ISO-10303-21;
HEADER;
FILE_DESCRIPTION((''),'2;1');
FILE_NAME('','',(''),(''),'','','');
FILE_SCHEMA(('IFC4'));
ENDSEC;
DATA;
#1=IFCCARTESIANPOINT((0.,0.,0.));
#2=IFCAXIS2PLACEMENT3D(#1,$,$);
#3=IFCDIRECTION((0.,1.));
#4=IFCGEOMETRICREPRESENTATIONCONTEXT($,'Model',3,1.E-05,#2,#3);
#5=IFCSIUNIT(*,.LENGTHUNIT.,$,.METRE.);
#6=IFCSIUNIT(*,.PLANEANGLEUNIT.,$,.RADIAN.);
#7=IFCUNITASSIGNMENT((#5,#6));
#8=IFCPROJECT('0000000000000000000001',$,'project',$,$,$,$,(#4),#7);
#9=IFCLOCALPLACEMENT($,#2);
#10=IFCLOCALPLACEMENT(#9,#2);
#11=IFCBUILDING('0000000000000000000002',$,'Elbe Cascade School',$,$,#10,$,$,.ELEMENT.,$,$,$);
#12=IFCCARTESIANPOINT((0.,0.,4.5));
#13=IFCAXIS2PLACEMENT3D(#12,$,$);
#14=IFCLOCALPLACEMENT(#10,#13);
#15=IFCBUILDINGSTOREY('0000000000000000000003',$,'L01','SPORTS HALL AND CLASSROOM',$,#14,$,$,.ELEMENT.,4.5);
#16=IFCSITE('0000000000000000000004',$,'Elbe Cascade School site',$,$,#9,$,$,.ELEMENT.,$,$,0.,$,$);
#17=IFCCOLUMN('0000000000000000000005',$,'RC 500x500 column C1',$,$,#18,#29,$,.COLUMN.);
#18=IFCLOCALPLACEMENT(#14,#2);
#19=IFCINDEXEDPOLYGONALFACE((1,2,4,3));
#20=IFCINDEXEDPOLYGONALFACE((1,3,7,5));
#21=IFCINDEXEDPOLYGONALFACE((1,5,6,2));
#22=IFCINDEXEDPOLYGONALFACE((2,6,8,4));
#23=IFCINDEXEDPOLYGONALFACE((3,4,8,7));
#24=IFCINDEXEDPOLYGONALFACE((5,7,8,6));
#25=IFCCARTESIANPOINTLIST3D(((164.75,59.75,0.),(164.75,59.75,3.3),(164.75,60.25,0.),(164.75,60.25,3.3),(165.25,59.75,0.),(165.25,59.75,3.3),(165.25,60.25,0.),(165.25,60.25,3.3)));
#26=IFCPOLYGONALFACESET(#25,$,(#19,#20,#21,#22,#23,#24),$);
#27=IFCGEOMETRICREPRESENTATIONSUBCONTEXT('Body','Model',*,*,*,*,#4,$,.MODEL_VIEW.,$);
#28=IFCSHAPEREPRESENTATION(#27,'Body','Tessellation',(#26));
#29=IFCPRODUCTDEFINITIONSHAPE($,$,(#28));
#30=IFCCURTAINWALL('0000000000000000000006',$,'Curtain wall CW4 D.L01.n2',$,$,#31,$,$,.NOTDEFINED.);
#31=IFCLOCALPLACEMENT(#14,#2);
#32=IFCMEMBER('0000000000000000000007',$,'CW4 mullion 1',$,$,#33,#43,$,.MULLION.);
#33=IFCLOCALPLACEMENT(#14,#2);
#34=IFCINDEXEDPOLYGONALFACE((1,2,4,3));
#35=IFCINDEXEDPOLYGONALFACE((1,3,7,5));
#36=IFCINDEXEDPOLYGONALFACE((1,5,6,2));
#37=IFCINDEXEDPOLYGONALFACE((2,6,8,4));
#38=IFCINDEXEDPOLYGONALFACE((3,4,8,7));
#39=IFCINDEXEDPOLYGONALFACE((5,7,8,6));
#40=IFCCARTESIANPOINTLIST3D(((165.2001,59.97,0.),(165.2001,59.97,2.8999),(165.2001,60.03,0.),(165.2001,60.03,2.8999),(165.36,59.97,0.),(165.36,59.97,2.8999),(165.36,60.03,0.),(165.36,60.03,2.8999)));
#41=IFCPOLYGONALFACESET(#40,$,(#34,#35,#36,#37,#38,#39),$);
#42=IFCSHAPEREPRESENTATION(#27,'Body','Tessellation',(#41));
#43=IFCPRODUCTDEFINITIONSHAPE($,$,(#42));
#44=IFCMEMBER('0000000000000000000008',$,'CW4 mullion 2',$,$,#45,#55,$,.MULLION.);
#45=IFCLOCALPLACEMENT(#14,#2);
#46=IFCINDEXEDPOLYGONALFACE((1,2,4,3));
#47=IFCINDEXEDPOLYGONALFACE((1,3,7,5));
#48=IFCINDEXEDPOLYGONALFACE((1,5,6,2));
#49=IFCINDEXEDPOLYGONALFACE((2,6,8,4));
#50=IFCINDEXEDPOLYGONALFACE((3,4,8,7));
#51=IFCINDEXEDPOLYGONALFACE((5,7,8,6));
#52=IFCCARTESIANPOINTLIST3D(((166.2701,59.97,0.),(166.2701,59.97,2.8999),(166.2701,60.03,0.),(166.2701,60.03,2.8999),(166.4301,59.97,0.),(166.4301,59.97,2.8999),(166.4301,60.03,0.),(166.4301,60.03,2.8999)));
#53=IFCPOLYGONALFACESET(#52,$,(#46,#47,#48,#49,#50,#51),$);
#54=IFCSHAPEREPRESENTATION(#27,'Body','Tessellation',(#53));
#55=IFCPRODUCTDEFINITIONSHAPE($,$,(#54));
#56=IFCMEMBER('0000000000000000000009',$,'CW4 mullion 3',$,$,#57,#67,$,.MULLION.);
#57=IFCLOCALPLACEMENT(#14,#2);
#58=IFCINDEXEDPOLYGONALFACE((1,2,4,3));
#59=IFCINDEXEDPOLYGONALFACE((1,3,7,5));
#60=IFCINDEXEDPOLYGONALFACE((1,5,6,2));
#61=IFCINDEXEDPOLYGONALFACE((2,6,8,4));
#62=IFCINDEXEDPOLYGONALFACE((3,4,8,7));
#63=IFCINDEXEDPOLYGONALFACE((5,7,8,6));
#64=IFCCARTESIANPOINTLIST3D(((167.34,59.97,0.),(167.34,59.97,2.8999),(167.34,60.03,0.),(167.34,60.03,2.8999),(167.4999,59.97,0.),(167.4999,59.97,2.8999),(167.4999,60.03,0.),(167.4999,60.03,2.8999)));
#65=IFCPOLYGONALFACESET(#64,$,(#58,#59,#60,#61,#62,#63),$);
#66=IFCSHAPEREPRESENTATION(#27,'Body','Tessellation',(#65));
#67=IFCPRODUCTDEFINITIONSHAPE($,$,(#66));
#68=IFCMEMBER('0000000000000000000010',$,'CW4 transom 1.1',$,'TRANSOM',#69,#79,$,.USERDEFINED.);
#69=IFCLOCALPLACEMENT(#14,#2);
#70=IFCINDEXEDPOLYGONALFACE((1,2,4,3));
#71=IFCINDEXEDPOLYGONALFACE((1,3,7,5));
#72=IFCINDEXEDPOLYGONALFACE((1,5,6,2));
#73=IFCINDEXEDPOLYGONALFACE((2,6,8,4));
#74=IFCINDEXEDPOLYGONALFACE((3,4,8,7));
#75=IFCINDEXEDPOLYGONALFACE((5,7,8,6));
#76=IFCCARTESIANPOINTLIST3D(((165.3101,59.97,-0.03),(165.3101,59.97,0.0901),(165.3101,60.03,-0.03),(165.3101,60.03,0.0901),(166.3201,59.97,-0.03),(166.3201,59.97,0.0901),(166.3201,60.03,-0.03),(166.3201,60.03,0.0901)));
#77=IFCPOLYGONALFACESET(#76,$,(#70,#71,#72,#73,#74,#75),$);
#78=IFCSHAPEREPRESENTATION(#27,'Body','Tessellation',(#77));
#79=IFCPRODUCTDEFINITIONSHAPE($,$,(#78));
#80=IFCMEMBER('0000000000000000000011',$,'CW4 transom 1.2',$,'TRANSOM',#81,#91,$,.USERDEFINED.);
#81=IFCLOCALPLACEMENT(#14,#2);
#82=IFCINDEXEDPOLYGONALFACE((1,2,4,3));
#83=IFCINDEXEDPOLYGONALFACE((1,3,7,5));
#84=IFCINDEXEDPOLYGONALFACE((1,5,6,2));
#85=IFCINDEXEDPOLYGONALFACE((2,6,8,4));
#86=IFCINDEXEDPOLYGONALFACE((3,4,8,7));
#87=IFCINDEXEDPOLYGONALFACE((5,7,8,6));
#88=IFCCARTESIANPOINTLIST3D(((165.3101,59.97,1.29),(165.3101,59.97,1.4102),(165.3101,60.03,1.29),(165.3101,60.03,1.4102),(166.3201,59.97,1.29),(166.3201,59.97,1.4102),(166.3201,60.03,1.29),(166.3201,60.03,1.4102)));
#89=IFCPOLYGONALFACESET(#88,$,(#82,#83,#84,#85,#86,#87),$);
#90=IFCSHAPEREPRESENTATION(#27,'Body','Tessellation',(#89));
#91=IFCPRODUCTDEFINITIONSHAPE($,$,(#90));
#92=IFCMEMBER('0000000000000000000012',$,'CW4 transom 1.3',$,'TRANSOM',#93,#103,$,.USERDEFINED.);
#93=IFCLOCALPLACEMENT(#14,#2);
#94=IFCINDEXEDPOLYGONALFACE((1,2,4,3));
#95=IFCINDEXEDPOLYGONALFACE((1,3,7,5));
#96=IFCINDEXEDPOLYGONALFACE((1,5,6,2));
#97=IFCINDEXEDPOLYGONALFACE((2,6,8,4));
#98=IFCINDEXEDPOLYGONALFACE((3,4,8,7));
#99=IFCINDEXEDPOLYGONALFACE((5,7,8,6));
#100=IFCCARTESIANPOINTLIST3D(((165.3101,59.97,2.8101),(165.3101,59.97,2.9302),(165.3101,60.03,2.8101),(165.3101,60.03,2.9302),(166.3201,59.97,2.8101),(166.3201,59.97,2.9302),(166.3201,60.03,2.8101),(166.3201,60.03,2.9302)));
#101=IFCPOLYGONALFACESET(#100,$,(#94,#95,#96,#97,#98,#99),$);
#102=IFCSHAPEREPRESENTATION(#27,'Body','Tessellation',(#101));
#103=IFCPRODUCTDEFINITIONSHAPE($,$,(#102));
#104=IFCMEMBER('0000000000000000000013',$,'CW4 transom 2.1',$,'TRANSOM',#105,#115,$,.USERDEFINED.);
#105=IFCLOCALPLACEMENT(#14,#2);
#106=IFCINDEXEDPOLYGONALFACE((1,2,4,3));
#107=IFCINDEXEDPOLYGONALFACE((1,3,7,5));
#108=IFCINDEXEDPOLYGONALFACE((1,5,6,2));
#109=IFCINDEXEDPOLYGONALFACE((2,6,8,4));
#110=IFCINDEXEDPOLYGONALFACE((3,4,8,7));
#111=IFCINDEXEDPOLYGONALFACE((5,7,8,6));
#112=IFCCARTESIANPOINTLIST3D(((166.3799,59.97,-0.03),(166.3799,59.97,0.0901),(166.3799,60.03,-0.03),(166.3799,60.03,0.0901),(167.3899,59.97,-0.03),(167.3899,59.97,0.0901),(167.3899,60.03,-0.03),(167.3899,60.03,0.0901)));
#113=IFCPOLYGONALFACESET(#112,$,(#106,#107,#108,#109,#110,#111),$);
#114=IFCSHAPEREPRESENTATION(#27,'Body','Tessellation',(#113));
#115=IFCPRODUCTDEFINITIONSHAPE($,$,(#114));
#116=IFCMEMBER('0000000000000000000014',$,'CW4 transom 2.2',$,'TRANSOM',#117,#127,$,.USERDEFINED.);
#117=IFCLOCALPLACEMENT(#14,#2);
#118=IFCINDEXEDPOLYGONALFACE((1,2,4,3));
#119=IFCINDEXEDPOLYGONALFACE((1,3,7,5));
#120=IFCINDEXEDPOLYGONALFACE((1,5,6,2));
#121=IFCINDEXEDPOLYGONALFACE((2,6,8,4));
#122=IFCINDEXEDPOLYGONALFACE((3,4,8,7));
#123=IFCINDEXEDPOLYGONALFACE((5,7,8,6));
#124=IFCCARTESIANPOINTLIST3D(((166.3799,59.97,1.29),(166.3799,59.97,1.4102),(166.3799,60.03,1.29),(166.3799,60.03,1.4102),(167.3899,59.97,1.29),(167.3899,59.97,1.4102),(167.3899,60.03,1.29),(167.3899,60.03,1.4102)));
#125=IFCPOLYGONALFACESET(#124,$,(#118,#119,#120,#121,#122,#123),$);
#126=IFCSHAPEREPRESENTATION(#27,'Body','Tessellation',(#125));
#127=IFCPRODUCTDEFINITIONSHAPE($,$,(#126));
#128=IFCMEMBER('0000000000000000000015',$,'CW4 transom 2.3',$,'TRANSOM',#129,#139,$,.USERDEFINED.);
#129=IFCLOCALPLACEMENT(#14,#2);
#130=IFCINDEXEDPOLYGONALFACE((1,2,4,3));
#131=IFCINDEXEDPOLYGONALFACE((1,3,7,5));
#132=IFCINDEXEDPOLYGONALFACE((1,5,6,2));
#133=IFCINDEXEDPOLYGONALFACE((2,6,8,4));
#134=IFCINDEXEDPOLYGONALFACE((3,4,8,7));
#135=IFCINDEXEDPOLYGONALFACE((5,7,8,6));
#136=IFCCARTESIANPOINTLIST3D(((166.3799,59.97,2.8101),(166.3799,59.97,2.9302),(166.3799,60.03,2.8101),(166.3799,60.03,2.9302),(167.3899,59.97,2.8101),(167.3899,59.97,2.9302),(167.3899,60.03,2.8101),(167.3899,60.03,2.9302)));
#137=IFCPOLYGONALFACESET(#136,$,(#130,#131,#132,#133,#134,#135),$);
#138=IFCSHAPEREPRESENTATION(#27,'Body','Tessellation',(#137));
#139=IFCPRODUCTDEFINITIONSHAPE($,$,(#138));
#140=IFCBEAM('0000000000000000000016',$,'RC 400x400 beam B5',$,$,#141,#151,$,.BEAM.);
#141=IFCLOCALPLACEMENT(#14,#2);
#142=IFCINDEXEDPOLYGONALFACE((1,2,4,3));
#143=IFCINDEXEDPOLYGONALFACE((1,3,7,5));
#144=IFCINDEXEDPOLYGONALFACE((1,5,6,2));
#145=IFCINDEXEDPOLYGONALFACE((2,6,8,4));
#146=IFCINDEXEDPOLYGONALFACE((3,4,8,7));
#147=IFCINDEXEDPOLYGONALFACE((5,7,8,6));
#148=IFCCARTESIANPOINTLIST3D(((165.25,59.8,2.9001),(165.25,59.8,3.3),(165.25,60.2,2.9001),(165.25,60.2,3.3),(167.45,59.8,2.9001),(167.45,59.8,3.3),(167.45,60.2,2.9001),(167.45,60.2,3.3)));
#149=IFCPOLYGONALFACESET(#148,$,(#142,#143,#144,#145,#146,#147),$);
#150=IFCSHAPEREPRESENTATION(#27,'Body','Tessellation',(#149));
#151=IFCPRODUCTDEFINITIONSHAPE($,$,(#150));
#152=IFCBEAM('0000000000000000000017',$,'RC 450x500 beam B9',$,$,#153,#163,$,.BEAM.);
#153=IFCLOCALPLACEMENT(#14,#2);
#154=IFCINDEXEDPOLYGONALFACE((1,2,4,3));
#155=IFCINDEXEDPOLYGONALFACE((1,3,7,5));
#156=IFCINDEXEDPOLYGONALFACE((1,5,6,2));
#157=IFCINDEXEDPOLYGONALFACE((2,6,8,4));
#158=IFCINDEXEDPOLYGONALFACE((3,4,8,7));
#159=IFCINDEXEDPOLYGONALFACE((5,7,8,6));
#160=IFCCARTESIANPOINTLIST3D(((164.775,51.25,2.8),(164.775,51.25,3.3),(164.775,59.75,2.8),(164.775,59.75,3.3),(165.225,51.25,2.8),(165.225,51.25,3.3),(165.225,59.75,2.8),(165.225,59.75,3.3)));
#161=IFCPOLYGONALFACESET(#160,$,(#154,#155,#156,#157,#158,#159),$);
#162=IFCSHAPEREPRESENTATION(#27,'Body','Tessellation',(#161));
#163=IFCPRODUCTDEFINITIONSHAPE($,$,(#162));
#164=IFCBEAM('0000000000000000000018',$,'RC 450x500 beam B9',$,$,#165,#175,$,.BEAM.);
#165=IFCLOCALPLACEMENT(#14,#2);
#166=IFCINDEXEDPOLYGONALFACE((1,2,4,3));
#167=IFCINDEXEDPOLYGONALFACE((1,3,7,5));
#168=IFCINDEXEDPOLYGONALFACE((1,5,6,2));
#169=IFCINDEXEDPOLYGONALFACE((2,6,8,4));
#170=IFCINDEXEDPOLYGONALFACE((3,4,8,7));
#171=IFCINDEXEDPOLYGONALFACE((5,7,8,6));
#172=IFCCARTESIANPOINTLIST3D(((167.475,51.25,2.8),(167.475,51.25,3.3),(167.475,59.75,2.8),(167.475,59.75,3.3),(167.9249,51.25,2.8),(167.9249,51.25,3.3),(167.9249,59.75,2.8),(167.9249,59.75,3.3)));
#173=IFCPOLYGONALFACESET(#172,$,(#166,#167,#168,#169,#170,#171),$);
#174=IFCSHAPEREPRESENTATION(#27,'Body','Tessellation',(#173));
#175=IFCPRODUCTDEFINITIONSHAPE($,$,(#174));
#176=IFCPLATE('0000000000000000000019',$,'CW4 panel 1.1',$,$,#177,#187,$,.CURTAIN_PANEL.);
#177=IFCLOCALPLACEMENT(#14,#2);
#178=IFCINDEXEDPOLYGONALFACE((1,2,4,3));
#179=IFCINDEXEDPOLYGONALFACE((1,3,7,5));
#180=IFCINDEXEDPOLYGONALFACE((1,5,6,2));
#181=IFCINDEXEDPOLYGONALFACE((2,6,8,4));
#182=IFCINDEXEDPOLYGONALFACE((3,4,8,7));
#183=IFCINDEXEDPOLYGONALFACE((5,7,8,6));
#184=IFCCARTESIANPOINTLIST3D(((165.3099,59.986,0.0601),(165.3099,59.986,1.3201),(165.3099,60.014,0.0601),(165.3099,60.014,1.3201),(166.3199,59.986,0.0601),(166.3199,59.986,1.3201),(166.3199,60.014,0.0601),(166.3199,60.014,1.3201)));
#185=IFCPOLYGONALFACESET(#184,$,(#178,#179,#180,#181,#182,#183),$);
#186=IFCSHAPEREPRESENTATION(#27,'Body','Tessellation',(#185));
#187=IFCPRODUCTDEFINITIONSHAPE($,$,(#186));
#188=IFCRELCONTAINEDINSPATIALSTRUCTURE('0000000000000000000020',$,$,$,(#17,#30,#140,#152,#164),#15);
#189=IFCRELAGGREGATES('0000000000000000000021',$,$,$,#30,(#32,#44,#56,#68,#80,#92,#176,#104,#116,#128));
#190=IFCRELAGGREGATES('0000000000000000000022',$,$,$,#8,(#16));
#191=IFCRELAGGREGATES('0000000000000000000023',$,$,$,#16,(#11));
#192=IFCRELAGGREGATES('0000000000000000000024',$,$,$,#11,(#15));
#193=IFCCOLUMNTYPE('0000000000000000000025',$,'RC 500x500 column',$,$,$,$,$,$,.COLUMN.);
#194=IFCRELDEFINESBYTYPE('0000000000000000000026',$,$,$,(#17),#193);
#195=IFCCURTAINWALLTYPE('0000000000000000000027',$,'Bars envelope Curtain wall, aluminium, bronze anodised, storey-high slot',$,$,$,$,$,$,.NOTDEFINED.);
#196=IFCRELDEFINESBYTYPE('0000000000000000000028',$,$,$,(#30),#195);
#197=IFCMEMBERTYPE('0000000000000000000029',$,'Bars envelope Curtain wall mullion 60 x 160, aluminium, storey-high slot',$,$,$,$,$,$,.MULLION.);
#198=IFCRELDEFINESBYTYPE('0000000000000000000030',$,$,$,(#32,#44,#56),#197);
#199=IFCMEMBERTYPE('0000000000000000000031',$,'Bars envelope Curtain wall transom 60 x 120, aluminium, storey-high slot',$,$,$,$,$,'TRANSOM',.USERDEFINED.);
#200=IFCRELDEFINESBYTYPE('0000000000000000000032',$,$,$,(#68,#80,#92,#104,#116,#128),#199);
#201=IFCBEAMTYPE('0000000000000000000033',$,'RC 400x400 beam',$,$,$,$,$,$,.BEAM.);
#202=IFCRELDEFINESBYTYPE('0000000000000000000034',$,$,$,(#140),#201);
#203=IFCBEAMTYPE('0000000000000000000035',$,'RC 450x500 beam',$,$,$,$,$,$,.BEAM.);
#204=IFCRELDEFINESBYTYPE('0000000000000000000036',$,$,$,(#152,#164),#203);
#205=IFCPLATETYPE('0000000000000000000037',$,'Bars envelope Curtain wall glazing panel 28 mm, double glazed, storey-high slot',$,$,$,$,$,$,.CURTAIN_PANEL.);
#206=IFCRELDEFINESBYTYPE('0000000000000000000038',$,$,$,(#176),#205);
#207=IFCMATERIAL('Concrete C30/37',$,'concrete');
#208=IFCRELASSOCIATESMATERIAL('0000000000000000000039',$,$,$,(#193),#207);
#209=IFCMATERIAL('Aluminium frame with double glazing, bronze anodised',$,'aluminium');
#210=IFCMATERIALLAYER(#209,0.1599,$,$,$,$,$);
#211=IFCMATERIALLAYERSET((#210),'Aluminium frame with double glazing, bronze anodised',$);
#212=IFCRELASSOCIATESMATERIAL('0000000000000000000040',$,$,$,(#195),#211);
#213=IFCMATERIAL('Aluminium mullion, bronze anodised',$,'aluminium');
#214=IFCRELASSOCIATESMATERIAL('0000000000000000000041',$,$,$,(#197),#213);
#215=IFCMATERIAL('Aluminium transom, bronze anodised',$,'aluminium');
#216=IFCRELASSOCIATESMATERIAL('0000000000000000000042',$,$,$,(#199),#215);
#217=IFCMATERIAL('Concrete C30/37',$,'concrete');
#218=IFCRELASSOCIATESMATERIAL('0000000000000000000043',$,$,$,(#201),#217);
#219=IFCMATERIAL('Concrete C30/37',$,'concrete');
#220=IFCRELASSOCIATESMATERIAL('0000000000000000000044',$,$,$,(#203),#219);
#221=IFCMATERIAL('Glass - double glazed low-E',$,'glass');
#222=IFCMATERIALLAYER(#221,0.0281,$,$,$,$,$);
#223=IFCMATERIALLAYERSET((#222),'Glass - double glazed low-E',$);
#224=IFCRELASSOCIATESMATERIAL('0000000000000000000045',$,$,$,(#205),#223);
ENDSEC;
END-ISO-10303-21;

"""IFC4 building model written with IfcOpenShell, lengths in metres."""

from ifc_helpers import new_model, si_unit, direction, frame, origin, origin_2d, place, context, subcontext, project, spatial, rectangle, extrude, material, layer, layer_set, material_profile, profile_set, type_object, element, aggregate, save


model = new_model("IFC4")

# Units and contexts
model_context = context("Model", 3, precision=1e-05, world=origin(), true_north=direction((0.0, 1.0)))
body_context = subcontext(model_context, "Body", "Model", "MODEL_VIEW")
ifc_project = project(units=[si_unit("LENGTHUNIT", "METRE"), si_unit("PLANEANGLEUNIT", "RADIAN")], contexts=[model_context])

# Site, building, storey
site_placement = place(None, origin())
site = spatial("IfcSite", under=ifc_project, at=site_placement, Name="Elbe Cascade School site", CompositionType="ELEMENT", RefElevation=0.0)
building_placement = place(site_placement, origin())
building = spatial("IfcBuilding", under=site, at=building_placement, Name="Elbe Cascade School", CompositionType="ELEMENT")
storey_placement = place(building_placement, frame((0.0, 0.0, 4.5)))
storey = spatial("IfcBuildingStorey", under=building, at=storey_placement, Name="L01", Description="SPORTS HALL AND CLASSROOM", CompositionType="ELEMENT", Elevation=4.5)

# Column
ifc_material_1 = material(Name="Concrete C30/37", Category="concrete")
ifc_material_profile_1 = material_profile(ifc_material_1, rectangle(XDim=0.5, YDim=0.5, at=origin_2d()), Name="RC 500x500")
ifc_profile_set_1 = profile_set([ifc_material_profile_1], Name="Concrete C30/37")
column_type = type_object("IfcColumnType", Name="RC 500x500 column", PredefinedType="COLUMN", material=ifc_profile_set_1)
column_placement = place(storey_placement, frame((165.0, 60.0, 0.0), z_axis=(0.0, 0.0, 1.0), x_axis=(1.0, 0.0, 0.0)))
element("IfcColumn", 1, at=column_placement, inside=storey, type_object=column_type, Name="RC 500x500 column C1", PredefinedType="COLUMN", context=body_context, shape_type="SweptSolid", body=[
    extrude(rectangle(XDim=0.5, YDim=0.5, at=origin_2d()), origin(), (0.0, 0.0, 1.0), 3.3),
])

# Curtain wall, members
ifc_material_2 = material(Name="Aluminium frame with double glazing, bronze anodised", Category="aluminium")
ifc_layer_1 = layer(ifc_material_2, 0.1599)
ifc_layer_set_1 = layer_set([ifc_layer_1], Name="Aluminium frame with double glazing, bronze anodised")
curtain_wall_type = type_object("IfcCurtainWallType", Name="Bars envelope Curtain wall, aluminium, bronze anodised, storey-high slot", PredefinedType="NOTDEFINED", material=ifc_layer_set_1)
curtain_wall_placement = place(storey_placement, origin())
curtain_wall = element("IfcCurtainWall", 2, at=curtain_wall_placement, inside=storey, type_object=curtain_wall_type, Name="Curtain wall CW4 D.L01.n2", PredefinedType="NOTDEFINED")
ifc_material_3 = material(Name="Aluminium mullion, bronze anodised", Category="aluminium")
ifc_material_profile_2 = material_profile(ifc_material_3, rectangle(XDim=0.0601, YDim=0.1599, at=origin_2d()), Name="Bars envelope Curtain wall mullion 60 x 160, aluminium, storey-high slot")
ifc_profile_set_2 = profile_set([ifc_material_profile_2], Name="Aluminium mullion, bronze anodised")
member_type_1 = type_object("IfcMemberType", Name="Bars envelope Curtain wall mullion 60 x 160, aluminium, storey-high slot", PredefinedType="MULLION", material=ifc_profile_set_2)
member_1_placement = place(storey_placement, frame((165.28, 60.0, 0.0), z_axis=(0.0, 0.0, 1.0), x_axis=(0.0, 1.0, 0.0)))
member_1 = element("IfcMember", 3, at=member_1_placement, type_object=member_type_1, Name="CW4 mullion 1", PredefinedType="MULLION", context=body_context, shape_type="SweptSolid", body=[
    extrude(rectangle(XDim=0.0601, YDim=0.1599, at=origin_2d()), origin(), (0.0, 0.0, 1.0), 2.8999),
])
member_2_placement = place(storey_placement, frame((166.3501, 60.0, 0.0), z_axis=(0.0, 0.0, 1.0), x_axis=(0.0, 1.0, 0.0)))
member_2 = element("IfcMember", 4, at=member_2_placement, type_object=member_type_1, Name="CW4 mullion 2", PredefinedType="MULLION", context=body_context, shape_type="SweptSolid", body=[
    extrude(rectangle(XDim=0.0601, YDim=0.1599, at=origin_2d()), origin(), (0.0, 0.0, 1.0), 2.8999),
])
member_3_placement = place(storey_placement, frame((167.4199, 60.0, 0.0), z_axis=(0.0, 0.0, 1.0), x_axis=(0.0, 1.0, 0.0)))
member_3 = element("IfcMember", 5, at=member_3_placement, type_object=member_type_1, Name="CW4 mullion 3", PredefinedType="MULLION", context=body_context, shape_type="SweptSolid", body=[
    extrude(rectangle(XDim=0.0601, YDim=0.1599, at=origin_2d()), origin(), (0.0, 0.0, 1.0), 2.8999),
])
ifc_material_4 = material(Name="Aluminium transom, bronze anodised", Category="aluminium")
ifc_material_profile_3 = material_profile(ifc_material_4, rectangle(XDim=0.0601, YDim=0.1201, at=origin_2d()), Name="Bars envelope Curtain wall transom 60 x 120, aluminium, storey-high slot")
ifc_profile_set_3 = profile_set([ifc_material_profile_3], Name="Aluminium transom, bronze anodised")
member_type_2 = type_object("IfcMemberType", Name="Bars envelope Curtain wall transom 60 x 120, aluminium, storey-high slot", ElementType="TRANSOM", PredefinedType="USERDEFINED", material=ifc_profile_set_3)
member_4_placement = place(storey_placement, frame((165.3101, 60.0, 0.03), z_axis=(1.0, 0.0, 0.0), x_axis=(0.0, 1.0, 0.0)))
member_4 = element("IfcMember", 6, at=member_4_placement, type_object=member_type_2, Name="CW4 transom 1.1", ObjectType="TRANSOM", PredefinedType="USERDEFINED", context=body_context, shape_type="SweptSolid", body=[
    extrude(rectangle(XDim=0.0601, YDim=0.1201, at=origin_2d()), origin(), (0.0, 0.0, 1.0), 1.01),
])
member_5_placement = place(storey_placement, frame((165.3101, 60.0, 1.3501), z_axis=(1.0, 0.0, 0.0), x_axis=(0.0, 1.0, 0.0)))
member_5 = element("IfcMember", 7, at=member_5_placement, type_object=member_type_2, Name="CW4 transom 1.2", ObjectType="TRANSOM", PredefinedType="USERDEFINED", context=body_context, shape_type="SweptSolid", body=[
    extrude(rectangle(XDim=0.0601, YDim=0.1201, at=origin_2d()), origin(), (0.0, 0.0, 1.0), 1.01),
])
member_6_placement = place(storey_placement, frame((165.3101, 60.0, 2.8701), z_axis=(1.0, 0.0, 0.0), x_axis=(0.0, 1.0, 0.0)))
member_6 = element("IfcMember", 8, at=member_6_placement, type_object=member_type_2, Name="CW4 transom 1.3", ObjectType="TRANSOM", PredefinedType="USERDEFINED", context=body_context, shape_type="SweptSolid", body=[
    extrude(rectangle(XDim=0.0601, YDim=0.1201, at=origin_2d()), origin(), (0.0, 0.0, 1.0), 1.01),
])
member_7_placement = place(storey_placement, frame((166.3799, 60.0, 0.03), z_axis=(1.0, 0.0, 0.0), x_axis=(0.0, 1.0, 0.0)))
member_7 = element("IfcMember", 9, at=member_7_placement, type_object=member_type_2, Name="CW4 transom 2.1", ObjectType="TRANSOM", PredefinedType="USERDEFINED", context=body_context, shape_type="SweptSolid", body=[
    extrude(rectangle(XDim=0.0601, YDim=0.1201, at=origin_2d()), origin(), (0.0, 0.0, 1.0), 1.01),
])
member_8_placement = place(storey_placement, frame((166.3799, 60.0, 1.3501), z_axis=(1.0, 0.0, 0.0), x_axis=(0.0, 1.0, 0.0)))
member_8 = element("IfcMember", 10, at=member_8_placement, type_object=member_type_2, Name="CW4 transom 2.2", ObjectType="TRANSOM", PredefinedType="USERDEFINED", context=body_context, shape_type="SweptSolid", body=[
    extrude(rectangle(XDim=0.0601, YDim=0.1201, at=origin_2d()), origin(), (0.0, 0.0, 1.0), 1.01),
])
member_9_placement = place(storey_placement, frame((166.3799, 60.0, 2.8701), z_axis=(1.0, 0.0, 0.0), x_axis=(0.0, 1.0, 0.0)))
member_9 = element("IfcMember", 11, at=member_9_placement, type_object=member_type_2, Name="CW4 transom 2.3", ObjectType="TRANSOM", PredefinedType="USERDEFINED", context=body_context, shape_type="SweptSolid", body=[
    extrude(rectangle(XDim=0.0601, YDim=0.1201, at=origin_2d()), origin(), (0.0, 0.0, 1.0), 1.01),
])

# Beams
ifc_material_5 = material(Name="Concrete C30/37", Category="concrete")
ifc_material_profile_4 = material_profile(ifc_material_5, rectangle(XDim=0.3999, YDim=0.3999, at=origin_2d()), Name="RC 400x400")
ifc_profile_set_4 = profile_set([ifc_material_profile_4], Name="Concrete C30/37")
beam_type_1 = type_object("IfcBeamType", Name="RC 400x400 beam", PredefinedType="BEAM", material=ifc_profile_set_4)
beam_placement = place(storey_placement, frame((165.25, 60.0, 3.1001), z_axis=(1.0, 0.0, 0.0), x_axis=(0.0, 1.0, 0.0)))
element("IfcBeam", 12, at=beam_placement, inside=storey, type_object=beam_type_1, Name="RC 400x400 beam B5", PredefinedType="BEAM", context=body_context, shape_type="SweptSolid", body=[
    extrude(rectangle(XDim=0.3999, YDim=0.3999, at=origin_2d()), origin(), (0.0, 0.0, 1.0), 2.2),
])
ifc_material_6 = material(Name="Concrete C30/37", Category="concrete")
ifc_material_profile_5 = material_profile(ifc_material_6, rectangle(XDim=0.45, YDim=0.5, at=origin_2d()), Name="RC 450x500")
ifc_profile_set_5 = profile_set([ifc_material_profile_5], Name="Concrete C30/37")
beam_type_2 = type_object("IfcBeamType", Name="RC 450x500 beam", PredefinedType="BEAM", material=ifc_profile_set_5)
for number, where, z_axis, x_axis, name in (
    (13, (165.0, 51.25, 3.05), (0.0, 1.0, 0.0), (-1.0, 0.0, 0.0), "RC 450x500 beam B9"),
    (14, (167.7, 51.25, 3.05), (0.0, 1.0, 0.0), (-1.0, 0.0, 0.0), "RC 450x500 beam B9"),
):
    element("IfcBeam", number, at=place(storey_placement, frame(where, z_axis=z_axis, x_axis=x_axis)), inside=storey, type_object=beam_type_2, Name=name, PredefinedType="BEAM", context=body_context, shape_type="SweptSolid", body=[
        extrude(rectangle(XDim=0.45, YDim=0.5, at=origin_2d()), origin(), (0.0, 0.0, 1.0), 8.5),
    ])

# Plate
ifc_material_7 = material(Name="Glass - double glazed low-E", Category="glass")
ifc_layer_2 = layer(ifc_material_7, 0.0281)
ifc_layer_set_2 = layer_set([ifc_layer_2], Name="Glass - double glazed low-E")
plate_type = type_object("IfcPlateType", Name="Bars envelope Curtain wall glazing panel 28 mm, double glazed, storey-high slot", PredefinedType="CURTAIN_PANEL", material=ifc_layer_set_2)
plate_1_placement = place(storey_placement, frame((165.8149, 60.0, 0.0601), z_axis=(0.0, 0.0, 1.0), x_axis=(1.0, 0.0, 0.0)))
plate_1 = element("IfcPlate", 15, at=plate_1_placement, type_object=plate_type, Name="CW4 panel 1.1", PredefinedType="CURTAIN_PANEL", context=body_context, shape_type="SweptSolid", body=[
    extrude(rectangle(XDim=1.01, YDim=0.0281, at=origin_2d()), origin(), (0.0, 0.0, 1.0), 1.26),
])
aggregate(curtain_wall, [member_1, member_2, member_3, member_4, member_5, member_6, plate_1, member_7, member_8, member_9])

save(model, "model.ifc")
